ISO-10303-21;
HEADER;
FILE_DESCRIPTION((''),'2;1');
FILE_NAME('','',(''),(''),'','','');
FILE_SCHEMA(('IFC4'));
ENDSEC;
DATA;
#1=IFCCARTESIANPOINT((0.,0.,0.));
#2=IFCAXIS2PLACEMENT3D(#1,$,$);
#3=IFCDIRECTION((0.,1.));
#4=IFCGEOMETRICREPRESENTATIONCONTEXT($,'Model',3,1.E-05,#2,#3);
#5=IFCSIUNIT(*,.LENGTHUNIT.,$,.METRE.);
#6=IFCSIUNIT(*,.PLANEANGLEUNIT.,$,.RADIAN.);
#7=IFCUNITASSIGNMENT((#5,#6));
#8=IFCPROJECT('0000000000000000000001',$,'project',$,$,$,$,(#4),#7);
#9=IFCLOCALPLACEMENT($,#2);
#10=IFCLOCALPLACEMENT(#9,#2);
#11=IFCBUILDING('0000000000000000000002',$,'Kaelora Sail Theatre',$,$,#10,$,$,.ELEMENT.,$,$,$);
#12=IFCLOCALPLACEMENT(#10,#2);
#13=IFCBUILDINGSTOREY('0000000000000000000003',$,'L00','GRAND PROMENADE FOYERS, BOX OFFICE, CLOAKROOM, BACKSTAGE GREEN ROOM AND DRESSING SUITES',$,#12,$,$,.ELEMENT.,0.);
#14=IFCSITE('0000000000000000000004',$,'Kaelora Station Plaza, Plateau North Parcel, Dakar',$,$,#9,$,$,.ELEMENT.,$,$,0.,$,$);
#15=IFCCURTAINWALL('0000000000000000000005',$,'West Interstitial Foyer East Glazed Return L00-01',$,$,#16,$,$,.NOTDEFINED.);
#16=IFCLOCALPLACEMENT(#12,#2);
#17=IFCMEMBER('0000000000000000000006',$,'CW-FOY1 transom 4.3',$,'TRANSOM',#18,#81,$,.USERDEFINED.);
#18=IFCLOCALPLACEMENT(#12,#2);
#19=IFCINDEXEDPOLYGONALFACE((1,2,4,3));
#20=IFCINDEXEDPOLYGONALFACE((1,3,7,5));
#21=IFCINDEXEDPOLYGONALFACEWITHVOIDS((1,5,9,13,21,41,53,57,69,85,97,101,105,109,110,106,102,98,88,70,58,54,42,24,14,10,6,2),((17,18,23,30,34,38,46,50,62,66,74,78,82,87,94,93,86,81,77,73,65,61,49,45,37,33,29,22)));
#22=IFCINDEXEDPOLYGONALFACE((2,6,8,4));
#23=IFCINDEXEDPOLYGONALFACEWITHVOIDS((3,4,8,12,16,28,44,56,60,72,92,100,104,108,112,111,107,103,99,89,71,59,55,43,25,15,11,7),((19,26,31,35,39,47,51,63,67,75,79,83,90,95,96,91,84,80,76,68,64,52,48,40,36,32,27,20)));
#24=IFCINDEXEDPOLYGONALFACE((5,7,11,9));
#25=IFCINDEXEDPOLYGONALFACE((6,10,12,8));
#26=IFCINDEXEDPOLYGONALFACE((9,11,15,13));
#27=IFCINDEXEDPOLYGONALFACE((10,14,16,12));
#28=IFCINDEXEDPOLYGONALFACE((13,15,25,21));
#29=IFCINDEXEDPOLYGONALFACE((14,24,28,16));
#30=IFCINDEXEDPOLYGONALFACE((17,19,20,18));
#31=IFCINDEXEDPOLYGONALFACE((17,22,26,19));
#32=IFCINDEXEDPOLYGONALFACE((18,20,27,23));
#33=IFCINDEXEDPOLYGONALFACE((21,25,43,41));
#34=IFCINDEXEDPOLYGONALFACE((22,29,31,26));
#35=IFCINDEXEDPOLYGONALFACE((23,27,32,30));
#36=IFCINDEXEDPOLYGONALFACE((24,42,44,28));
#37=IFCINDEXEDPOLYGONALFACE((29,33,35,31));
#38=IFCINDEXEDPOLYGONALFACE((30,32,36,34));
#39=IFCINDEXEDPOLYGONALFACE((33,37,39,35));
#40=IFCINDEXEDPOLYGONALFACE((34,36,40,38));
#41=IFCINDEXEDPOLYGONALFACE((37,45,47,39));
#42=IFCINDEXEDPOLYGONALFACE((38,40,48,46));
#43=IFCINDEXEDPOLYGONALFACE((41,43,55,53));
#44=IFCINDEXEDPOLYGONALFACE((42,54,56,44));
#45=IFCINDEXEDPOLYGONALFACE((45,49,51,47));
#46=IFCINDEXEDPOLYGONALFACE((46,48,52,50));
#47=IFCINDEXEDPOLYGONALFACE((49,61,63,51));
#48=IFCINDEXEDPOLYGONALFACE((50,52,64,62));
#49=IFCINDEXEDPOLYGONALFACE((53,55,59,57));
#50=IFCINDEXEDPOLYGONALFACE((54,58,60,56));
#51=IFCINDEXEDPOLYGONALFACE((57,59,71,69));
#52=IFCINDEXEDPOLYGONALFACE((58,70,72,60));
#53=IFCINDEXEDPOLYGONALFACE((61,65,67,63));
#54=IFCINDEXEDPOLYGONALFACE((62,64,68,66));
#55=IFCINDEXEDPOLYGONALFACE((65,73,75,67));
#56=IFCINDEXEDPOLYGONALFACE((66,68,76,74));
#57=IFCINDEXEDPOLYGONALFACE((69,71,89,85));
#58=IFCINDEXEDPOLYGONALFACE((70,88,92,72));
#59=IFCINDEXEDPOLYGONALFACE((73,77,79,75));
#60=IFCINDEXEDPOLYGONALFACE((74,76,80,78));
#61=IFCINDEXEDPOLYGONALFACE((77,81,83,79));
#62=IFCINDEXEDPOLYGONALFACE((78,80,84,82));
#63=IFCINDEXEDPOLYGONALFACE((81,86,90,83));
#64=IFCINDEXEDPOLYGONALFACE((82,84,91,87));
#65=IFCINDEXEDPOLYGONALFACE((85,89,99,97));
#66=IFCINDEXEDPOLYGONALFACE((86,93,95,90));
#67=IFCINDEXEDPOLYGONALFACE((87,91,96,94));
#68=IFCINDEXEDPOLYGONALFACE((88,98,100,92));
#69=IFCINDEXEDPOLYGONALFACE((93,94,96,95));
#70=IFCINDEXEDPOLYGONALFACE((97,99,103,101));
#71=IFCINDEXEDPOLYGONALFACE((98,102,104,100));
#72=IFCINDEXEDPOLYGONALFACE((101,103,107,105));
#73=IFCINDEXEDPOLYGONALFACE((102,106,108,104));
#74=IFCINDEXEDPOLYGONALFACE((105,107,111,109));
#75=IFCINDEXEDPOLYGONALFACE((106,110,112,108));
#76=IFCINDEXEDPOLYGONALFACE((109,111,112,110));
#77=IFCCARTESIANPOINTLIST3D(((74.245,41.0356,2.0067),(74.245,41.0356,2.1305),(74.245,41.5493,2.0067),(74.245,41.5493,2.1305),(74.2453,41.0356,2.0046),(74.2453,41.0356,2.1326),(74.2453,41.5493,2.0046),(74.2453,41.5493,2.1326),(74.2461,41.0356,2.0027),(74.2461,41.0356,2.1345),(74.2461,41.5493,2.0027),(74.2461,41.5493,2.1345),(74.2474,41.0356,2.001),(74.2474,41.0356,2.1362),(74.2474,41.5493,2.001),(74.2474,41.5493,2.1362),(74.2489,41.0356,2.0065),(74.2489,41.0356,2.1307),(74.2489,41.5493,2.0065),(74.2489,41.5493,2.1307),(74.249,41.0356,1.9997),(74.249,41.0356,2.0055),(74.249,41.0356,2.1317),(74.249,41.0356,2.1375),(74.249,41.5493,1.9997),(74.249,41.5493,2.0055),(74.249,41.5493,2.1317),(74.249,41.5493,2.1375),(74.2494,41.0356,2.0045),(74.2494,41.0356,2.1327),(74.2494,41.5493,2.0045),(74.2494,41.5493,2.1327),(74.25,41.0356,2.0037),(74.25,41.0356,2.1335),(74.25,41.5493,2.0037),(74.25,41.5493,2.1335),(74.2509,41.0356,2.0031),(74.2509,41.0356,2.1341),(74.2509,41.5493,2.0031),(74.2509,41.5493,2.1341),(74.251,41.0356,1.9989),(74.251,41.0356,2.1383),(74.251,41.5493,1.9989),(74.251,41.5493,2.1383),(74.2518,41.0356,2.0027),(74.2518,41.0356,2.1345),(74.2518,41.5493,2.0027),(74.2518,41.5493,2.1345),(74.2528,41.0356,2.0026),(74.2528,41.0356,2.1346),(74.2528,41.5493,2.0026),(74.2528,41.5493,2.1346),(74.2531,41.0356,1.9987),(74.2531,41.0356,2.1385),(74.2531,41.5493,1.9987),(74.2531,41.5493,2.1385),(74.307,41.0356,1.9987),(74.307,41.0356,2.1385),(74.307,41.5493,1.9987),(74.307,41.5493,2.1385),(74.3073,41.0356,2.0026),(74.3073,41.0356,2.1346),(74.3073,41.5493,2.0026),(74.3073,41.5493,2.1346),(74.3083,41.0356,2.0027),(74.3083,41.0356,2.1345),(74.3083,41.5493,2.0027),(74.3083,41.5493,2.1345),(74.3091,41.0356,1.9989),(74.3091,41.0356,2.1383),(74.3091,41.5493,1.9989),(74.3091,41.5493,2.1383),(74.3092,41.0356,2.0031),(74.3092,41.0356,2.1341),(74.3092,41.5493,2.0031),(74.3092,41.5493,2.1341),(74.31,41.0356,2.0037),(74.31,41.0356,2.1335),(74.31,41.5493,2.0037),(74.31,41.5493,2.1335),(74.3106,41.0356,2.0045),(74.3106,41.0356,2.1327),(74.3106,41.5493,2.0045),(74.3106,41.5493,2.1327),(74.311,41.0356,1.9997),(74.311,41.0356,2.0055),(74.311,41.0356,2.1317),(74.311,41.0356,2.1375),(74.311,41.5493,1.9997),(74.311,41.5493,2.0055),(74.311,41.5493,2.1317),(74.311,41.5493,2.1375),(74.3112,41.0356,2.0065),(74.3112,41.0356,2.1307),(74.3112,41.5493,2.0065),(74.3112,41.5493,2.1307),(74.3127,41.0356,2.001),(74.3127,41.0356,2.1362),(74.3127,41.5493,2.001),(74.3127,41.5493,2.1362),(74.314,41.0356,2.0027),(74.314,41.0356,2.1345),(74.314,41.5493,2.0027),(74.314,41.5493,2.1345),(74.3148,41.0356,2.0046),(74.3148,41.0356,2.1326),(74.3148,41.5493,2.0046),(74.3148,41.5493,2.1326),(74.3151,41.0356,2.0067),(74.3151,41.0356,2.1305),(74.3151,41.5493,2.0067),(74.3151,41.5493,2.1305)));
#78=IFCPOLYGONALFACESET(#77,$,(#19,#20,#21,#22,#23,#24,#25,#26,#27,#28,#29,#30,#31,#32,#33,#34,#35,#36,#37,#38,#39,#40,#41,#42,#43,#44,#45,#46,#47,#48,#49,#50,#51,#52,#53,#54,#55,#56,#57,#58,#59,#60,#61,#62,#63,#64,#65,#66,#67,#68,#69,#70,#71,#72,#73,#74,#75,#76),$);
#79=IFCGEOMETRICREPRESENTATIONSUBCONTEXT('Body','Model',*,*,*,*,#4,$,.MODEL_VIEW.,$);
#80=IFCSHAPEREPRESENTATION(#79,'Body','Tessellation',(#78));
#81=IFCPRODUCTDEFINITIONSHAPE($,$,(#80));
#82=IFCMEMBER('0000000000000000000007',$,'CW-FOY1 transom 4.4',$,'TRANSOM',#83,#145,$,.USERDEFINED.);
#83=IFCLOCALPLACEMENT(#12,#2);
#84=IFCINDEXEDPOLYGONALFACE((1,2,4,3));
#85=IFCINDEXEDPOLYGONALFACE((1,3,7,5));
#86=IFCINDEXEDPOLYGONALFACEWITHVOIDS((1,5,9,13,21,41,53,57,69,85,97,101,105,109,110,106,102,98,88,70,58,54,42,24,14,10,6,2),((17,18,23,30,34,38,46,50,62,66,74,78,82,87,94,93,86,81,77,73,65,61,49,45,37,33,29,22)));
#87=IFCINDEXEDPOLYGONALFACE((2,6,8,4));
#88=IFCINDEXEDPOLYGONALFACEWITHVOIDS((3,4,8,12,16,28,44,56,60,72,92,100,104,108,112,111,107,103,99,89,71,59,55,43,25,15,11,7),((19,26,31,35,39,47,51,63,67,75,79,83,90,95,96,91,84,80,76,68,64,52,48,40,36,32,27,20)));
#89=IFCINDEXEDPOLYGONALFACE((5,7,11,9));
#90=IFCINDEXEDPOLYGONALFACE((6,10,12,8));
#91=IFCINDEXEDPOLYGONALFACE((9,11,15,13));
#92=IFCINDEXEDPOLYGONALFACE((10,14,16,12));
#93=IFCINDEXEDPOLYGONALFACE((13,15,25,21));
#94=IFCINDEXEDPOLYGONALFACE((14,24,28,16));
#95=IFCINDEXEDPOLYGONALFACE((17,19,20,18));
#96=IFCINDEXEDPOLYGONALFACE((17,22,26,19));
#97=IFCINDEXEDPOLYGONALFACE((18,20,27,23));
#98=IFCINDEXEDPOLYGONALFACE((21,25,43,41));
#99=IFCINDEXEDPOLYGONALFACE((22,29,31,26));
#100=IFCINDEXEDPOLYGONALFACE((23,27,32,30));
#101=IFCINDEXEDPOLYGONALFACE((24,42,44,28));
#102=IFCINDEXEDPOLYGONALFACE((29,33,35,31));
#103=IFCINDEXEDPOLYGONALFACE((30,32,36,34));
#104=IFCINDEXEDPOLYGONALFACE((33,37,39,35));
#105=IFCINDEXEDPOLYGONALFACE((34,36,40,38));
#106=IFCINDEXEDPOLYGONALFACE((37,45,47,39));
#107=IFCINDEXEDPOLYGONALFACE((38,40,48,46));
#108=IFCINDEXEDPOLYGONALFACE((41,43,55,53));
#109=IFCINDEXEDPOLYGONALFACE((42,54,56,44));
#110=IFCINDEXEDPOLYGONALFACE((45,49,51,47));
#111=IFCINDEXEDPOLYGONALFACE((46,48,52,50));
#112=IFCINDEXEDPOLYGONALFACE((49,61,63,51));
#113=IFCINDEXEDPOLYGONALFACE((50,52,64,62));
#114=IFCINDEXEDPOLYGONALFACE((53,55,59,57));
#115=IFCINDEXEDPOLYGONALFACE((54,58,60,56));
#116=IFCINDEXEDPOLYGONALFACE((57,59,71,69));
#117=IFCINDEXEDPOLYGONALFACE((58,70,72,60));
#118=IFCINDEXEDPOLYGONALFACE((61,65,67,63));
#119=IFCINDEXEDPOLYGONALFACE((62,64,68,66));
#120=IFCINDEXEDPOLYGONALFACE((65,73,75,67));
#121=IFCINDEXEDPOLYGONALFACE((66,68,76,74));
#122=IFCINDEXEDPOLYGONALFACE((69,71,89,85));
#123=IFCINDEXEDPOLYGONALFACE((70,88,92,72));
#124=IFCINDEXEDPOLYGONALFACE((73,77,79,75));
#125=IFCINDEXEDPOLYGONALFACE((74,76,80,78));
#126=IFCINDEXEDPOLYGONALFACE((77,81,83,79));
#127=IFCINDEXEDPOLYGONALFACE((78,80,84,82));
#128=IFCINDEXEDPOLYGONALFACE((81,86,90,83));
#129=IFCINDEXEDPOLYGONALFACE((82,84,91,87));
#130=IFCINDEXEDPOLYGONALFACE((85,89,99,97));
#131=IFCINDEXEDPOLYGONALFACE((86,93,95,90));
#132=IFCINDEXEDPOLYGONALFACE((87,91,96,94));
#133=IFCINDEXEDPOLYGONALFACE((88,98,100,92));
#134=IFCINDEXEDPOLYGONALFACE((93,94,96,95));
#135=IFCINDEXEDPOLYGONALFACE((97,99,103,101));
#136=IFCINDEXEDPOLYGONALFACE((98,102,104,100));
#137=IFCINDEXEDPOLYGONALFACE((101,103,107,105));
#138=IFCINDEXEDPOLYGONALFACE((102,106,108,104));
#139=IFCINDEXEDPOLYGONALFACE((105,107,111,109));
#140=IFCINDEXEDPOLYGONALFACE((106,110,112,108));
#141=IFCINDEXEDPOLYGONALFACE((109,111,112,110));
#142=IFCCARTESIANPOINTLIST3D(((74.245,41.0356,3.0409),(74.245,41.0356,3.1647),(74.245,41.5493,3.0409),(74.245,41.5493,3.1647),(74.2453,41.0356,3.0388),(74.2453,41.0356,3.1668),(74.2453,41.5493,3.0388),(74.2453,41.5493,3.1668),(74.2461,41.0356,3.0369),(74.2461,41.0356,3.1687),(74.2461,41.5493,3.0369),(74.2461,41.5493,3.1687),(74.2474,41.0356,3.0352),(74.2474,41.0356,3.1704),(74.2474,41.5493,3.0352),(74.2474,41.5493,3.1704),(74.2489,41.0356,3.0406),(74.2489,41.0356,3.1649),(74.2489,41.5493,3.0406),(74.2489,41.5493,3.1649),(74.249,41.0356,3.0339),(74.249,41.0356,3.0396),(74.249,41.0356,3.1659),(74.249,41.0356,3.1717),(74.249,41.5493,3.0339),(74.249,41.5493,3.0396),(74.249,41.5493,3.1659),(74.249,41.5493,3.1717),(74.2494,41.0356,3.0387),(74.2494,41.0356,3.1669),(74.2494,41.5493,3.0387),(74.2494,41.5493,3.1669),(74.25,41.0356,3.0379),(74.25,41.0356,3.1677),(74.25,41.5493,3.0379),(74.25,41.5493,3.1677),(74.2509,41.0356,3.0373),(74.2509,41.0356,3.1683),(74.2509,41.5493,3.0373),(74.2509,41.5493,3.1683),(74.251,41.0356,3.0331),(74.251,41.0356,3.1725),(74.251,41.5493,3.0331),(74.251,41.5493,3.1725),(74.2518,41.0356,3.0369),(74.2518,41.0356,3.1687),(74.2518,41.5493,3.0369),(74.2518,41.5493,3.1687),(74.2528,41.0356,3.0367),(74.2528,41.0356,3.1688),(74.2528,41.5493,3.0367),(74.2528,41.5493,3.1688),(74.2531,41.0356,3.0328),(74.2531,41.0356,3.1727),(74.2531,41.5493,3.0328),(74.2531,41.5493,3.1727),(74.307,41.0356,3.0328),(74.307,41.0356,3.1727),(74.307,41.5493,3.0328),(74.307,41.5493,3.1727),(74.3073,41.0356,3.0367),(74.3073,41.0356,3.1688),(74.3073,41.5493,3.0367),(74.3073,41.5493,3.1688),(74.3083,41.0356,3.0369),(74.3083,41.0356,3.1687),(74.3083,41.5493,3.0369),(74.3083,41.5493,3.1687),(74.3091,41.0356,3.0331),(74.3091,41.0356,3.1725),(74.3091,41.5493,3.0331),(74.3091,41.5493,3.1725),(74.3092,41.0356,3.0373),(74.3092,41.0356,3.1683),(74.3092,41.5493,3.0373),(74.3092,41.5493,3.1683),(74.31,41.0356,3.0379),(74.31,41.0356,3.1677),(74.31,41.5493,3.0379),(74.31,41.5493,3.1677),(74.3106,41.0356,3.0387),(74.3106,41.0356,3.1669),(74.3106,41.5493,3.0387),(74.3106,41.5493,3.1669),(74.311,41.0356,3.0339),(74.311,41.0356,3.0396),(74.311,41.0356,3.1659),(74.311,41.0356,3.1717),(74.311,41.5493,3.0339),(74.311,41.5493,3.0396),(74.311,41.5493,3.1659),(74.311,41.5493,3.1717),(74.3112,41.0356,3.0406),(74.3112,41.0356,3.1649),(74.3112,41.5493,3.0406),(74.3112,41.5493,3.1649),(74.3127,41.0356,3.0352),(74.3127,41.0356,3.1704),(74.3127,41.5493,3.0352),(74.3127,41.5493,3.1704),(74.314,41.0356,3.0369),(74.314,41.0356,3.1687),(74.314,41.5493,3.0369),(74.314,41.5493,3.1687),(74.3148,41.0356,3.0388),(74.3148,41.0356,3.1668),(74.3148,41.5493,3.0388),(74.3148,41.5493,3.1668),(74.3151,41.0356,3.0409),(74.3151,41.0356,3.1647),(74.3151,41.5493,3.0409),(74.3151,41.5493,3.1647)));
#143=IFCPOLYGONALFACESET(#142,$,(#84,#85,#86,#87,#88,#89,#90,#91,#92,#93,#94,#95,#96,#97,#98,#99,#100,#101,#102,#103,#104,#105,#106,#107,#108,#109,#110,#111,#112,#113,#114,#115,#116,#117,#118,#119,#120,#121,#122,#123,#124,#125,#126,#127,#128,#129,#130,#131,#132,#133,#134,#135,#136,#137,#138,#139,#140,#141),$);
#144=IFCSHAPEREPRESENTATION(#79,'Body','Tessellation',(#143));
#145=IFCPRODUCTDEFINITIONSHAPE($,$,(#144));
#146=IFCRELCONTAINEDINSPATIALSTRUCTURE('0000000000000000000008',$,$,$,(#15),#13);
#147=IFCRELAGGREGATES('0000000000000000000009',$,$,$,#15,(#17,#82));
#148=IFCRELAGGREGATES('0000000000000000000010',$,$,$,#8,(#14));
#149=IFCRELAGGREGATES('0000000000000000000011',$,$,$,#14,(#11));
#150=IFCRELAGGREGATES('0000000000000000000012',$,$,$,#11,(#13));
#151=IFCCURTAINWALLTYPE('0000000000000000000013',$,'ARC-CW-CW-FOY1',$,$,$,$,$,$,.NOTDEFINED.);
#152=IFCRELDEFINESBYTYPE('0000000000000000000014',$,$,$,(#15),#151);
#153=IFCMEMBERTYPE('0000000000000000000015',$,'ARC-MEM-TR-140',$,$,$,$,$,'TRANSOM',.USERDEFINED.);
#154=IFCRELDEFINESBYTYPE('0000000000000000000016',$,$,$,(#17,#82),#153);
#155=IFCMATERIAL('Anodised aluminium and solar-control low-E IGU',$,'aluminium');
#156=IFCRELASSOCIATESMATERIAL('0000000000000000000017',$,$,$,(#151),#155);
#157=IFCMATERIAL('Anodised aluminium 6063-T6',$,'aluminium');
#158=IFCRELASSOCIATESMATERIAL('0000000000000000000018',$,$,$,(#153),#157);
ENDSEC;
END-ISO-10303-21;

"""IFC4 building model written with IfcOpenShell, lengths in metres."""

from ifc_helpers import new_model, si_unit, direction, frame, origin, origin_2d, place, context, subcontext, project, spatial, hollow_rectangle, extrude, material, material_profile, profile_set, type_object, element, aggregate, save


model = new_model("IFC4")

# Units and contexts
model_context = context("Model", 3, precision=1e-05, world=origin(), true_north=direction((0.0, 1.0)))
body_context = subcontext(model_context, "Body", "Model", "MODEL_VIEW")
ifc_project = project(units=[si_unit("LENGTHUNIT", "METRE"), si_unit("PLANEANGLEUNIT", "RADIAN")], contexts=[model_context])

# Site, building, storey
site_placement = place(None, origin())
site = spatial("IfcSite", under=ifc_project, at=site_placement, Name="Kaelora Station Plaza, Plateau North Parcel, Dakar", CompositionType="ELEMENT", RefElevation=0.0)
building_placement = place(site_placement, origin())
building = spatial("IfcBuilding", under=site, at=building_placement, Name="Kaelora Sail Theatre", CompositionType="ELEMENT")
storey_placement = place(building_placement, origin())
storey = spatial("IfcBuildingStorey", under=building, at=storey_placement, Name="L00", Description="GRAND PROMENADE FOYERS, BOX OFFICE, CLOAKROOM, BACKSTAGE GREEN ROOM AND DRESSING SUITES", CompositionType="ELEMENT", Elevation=0.0)

# Curtain wall, members
ifc_material_1 = material(Name="Anodised aluminium and solar-control low-E IGU", Category="aluminium")
curtain_wall_type = type_object("IfcCurtainWallType", Name="ARC-CW-CW-FOY1", PredefinedType="NOTDEFINED", material=ifc_material_1)
curtain_wall_placement = place(storey_placement, origin())
curtain_wall = element("IfcCurtainWall", 1, at=curtain_wall_placement, inside=storey, type_object=curtain_wall_type, Name="West Interstitial Foyer East Glazed Return L00-01", PredefinedType="NOTDEFINED")
ifc_material_2 = material(Name="Anodised aluminium 6063-T6", Category="aluminium")
ifc_material_profile_1 = material_profile(ifc_material_2, hollow_rectangle(XDim=0.0701, YDim=0.1399, WallThickness=0.0039, InnerFilletRadius=0.0039, OuterFilletRadius=0.0081, at=origin_2d()), Name="ALU-TRAN 70x140x4")
ifc_profile_set_1 = profile_set([ifc_material_profile_1], Name="Anodised aluminium 6063-T6")
member_type_1 = type_object("IfcMemberType", Name="ARC-MEM-TR-140", ElementType="TRANSOM", PredefinedType="USERDEFINED", material=ifc_profile_set_1)
member_1_placement = place(storey_placement, frame((74.28, 41.0356, 2.0686), z_axis=(0.0, 1.0, 0.0), x_axis=(-1.0, 0.0, 0.0)))
member_1 = element("IfcMember", 2, at=member_1_placement, type_object=member_type_1, Name="CW-FOY1 transom 4.3", ObjectType="TRANSOM", PredefinedType="USERDEFINED", context=body_context, shape_type="SweptSolid", body=[
    extrude(hollow_rectangle(XDim=0.0701, YDim=0.1399, WallThickness=0.0039, InnerFilletRadius=0.0039, OuterFilletRadius=0.0081, at=origin_2d()), origin(), (0.0, 0.0, 1.0), 0.5137),
])
member_2_placement = place(storey_placement, frame((74.28, 41.0356, 3.1028), z_axis=(0.0, 1.0, 0.0), x_axis=(-1.0, 0.0, 0.0)))
member_2 = element("IfcMember", 3, at=member_2_placement, type_object=member_type_1, Name="CW-FOY1 transom 4.4", ObjectType="TRANSOM", PredefinedType="USERDEFINED", context=body_context, shape_type="SweptSolid", body=[
    extrude(hollow_rectangle(XDim=0.0701, YDim=0.1399, WallThickness=0.0039, InnerFilletRadius=0.0039, OuterFilletRadius=0.0081, at=origin_2d()), origin(), (0.0, 0.0, 1.0), 0.5137),
])

aggregate(curtain_wall, [member_1, member_2])

save(model, "model.ifc")
